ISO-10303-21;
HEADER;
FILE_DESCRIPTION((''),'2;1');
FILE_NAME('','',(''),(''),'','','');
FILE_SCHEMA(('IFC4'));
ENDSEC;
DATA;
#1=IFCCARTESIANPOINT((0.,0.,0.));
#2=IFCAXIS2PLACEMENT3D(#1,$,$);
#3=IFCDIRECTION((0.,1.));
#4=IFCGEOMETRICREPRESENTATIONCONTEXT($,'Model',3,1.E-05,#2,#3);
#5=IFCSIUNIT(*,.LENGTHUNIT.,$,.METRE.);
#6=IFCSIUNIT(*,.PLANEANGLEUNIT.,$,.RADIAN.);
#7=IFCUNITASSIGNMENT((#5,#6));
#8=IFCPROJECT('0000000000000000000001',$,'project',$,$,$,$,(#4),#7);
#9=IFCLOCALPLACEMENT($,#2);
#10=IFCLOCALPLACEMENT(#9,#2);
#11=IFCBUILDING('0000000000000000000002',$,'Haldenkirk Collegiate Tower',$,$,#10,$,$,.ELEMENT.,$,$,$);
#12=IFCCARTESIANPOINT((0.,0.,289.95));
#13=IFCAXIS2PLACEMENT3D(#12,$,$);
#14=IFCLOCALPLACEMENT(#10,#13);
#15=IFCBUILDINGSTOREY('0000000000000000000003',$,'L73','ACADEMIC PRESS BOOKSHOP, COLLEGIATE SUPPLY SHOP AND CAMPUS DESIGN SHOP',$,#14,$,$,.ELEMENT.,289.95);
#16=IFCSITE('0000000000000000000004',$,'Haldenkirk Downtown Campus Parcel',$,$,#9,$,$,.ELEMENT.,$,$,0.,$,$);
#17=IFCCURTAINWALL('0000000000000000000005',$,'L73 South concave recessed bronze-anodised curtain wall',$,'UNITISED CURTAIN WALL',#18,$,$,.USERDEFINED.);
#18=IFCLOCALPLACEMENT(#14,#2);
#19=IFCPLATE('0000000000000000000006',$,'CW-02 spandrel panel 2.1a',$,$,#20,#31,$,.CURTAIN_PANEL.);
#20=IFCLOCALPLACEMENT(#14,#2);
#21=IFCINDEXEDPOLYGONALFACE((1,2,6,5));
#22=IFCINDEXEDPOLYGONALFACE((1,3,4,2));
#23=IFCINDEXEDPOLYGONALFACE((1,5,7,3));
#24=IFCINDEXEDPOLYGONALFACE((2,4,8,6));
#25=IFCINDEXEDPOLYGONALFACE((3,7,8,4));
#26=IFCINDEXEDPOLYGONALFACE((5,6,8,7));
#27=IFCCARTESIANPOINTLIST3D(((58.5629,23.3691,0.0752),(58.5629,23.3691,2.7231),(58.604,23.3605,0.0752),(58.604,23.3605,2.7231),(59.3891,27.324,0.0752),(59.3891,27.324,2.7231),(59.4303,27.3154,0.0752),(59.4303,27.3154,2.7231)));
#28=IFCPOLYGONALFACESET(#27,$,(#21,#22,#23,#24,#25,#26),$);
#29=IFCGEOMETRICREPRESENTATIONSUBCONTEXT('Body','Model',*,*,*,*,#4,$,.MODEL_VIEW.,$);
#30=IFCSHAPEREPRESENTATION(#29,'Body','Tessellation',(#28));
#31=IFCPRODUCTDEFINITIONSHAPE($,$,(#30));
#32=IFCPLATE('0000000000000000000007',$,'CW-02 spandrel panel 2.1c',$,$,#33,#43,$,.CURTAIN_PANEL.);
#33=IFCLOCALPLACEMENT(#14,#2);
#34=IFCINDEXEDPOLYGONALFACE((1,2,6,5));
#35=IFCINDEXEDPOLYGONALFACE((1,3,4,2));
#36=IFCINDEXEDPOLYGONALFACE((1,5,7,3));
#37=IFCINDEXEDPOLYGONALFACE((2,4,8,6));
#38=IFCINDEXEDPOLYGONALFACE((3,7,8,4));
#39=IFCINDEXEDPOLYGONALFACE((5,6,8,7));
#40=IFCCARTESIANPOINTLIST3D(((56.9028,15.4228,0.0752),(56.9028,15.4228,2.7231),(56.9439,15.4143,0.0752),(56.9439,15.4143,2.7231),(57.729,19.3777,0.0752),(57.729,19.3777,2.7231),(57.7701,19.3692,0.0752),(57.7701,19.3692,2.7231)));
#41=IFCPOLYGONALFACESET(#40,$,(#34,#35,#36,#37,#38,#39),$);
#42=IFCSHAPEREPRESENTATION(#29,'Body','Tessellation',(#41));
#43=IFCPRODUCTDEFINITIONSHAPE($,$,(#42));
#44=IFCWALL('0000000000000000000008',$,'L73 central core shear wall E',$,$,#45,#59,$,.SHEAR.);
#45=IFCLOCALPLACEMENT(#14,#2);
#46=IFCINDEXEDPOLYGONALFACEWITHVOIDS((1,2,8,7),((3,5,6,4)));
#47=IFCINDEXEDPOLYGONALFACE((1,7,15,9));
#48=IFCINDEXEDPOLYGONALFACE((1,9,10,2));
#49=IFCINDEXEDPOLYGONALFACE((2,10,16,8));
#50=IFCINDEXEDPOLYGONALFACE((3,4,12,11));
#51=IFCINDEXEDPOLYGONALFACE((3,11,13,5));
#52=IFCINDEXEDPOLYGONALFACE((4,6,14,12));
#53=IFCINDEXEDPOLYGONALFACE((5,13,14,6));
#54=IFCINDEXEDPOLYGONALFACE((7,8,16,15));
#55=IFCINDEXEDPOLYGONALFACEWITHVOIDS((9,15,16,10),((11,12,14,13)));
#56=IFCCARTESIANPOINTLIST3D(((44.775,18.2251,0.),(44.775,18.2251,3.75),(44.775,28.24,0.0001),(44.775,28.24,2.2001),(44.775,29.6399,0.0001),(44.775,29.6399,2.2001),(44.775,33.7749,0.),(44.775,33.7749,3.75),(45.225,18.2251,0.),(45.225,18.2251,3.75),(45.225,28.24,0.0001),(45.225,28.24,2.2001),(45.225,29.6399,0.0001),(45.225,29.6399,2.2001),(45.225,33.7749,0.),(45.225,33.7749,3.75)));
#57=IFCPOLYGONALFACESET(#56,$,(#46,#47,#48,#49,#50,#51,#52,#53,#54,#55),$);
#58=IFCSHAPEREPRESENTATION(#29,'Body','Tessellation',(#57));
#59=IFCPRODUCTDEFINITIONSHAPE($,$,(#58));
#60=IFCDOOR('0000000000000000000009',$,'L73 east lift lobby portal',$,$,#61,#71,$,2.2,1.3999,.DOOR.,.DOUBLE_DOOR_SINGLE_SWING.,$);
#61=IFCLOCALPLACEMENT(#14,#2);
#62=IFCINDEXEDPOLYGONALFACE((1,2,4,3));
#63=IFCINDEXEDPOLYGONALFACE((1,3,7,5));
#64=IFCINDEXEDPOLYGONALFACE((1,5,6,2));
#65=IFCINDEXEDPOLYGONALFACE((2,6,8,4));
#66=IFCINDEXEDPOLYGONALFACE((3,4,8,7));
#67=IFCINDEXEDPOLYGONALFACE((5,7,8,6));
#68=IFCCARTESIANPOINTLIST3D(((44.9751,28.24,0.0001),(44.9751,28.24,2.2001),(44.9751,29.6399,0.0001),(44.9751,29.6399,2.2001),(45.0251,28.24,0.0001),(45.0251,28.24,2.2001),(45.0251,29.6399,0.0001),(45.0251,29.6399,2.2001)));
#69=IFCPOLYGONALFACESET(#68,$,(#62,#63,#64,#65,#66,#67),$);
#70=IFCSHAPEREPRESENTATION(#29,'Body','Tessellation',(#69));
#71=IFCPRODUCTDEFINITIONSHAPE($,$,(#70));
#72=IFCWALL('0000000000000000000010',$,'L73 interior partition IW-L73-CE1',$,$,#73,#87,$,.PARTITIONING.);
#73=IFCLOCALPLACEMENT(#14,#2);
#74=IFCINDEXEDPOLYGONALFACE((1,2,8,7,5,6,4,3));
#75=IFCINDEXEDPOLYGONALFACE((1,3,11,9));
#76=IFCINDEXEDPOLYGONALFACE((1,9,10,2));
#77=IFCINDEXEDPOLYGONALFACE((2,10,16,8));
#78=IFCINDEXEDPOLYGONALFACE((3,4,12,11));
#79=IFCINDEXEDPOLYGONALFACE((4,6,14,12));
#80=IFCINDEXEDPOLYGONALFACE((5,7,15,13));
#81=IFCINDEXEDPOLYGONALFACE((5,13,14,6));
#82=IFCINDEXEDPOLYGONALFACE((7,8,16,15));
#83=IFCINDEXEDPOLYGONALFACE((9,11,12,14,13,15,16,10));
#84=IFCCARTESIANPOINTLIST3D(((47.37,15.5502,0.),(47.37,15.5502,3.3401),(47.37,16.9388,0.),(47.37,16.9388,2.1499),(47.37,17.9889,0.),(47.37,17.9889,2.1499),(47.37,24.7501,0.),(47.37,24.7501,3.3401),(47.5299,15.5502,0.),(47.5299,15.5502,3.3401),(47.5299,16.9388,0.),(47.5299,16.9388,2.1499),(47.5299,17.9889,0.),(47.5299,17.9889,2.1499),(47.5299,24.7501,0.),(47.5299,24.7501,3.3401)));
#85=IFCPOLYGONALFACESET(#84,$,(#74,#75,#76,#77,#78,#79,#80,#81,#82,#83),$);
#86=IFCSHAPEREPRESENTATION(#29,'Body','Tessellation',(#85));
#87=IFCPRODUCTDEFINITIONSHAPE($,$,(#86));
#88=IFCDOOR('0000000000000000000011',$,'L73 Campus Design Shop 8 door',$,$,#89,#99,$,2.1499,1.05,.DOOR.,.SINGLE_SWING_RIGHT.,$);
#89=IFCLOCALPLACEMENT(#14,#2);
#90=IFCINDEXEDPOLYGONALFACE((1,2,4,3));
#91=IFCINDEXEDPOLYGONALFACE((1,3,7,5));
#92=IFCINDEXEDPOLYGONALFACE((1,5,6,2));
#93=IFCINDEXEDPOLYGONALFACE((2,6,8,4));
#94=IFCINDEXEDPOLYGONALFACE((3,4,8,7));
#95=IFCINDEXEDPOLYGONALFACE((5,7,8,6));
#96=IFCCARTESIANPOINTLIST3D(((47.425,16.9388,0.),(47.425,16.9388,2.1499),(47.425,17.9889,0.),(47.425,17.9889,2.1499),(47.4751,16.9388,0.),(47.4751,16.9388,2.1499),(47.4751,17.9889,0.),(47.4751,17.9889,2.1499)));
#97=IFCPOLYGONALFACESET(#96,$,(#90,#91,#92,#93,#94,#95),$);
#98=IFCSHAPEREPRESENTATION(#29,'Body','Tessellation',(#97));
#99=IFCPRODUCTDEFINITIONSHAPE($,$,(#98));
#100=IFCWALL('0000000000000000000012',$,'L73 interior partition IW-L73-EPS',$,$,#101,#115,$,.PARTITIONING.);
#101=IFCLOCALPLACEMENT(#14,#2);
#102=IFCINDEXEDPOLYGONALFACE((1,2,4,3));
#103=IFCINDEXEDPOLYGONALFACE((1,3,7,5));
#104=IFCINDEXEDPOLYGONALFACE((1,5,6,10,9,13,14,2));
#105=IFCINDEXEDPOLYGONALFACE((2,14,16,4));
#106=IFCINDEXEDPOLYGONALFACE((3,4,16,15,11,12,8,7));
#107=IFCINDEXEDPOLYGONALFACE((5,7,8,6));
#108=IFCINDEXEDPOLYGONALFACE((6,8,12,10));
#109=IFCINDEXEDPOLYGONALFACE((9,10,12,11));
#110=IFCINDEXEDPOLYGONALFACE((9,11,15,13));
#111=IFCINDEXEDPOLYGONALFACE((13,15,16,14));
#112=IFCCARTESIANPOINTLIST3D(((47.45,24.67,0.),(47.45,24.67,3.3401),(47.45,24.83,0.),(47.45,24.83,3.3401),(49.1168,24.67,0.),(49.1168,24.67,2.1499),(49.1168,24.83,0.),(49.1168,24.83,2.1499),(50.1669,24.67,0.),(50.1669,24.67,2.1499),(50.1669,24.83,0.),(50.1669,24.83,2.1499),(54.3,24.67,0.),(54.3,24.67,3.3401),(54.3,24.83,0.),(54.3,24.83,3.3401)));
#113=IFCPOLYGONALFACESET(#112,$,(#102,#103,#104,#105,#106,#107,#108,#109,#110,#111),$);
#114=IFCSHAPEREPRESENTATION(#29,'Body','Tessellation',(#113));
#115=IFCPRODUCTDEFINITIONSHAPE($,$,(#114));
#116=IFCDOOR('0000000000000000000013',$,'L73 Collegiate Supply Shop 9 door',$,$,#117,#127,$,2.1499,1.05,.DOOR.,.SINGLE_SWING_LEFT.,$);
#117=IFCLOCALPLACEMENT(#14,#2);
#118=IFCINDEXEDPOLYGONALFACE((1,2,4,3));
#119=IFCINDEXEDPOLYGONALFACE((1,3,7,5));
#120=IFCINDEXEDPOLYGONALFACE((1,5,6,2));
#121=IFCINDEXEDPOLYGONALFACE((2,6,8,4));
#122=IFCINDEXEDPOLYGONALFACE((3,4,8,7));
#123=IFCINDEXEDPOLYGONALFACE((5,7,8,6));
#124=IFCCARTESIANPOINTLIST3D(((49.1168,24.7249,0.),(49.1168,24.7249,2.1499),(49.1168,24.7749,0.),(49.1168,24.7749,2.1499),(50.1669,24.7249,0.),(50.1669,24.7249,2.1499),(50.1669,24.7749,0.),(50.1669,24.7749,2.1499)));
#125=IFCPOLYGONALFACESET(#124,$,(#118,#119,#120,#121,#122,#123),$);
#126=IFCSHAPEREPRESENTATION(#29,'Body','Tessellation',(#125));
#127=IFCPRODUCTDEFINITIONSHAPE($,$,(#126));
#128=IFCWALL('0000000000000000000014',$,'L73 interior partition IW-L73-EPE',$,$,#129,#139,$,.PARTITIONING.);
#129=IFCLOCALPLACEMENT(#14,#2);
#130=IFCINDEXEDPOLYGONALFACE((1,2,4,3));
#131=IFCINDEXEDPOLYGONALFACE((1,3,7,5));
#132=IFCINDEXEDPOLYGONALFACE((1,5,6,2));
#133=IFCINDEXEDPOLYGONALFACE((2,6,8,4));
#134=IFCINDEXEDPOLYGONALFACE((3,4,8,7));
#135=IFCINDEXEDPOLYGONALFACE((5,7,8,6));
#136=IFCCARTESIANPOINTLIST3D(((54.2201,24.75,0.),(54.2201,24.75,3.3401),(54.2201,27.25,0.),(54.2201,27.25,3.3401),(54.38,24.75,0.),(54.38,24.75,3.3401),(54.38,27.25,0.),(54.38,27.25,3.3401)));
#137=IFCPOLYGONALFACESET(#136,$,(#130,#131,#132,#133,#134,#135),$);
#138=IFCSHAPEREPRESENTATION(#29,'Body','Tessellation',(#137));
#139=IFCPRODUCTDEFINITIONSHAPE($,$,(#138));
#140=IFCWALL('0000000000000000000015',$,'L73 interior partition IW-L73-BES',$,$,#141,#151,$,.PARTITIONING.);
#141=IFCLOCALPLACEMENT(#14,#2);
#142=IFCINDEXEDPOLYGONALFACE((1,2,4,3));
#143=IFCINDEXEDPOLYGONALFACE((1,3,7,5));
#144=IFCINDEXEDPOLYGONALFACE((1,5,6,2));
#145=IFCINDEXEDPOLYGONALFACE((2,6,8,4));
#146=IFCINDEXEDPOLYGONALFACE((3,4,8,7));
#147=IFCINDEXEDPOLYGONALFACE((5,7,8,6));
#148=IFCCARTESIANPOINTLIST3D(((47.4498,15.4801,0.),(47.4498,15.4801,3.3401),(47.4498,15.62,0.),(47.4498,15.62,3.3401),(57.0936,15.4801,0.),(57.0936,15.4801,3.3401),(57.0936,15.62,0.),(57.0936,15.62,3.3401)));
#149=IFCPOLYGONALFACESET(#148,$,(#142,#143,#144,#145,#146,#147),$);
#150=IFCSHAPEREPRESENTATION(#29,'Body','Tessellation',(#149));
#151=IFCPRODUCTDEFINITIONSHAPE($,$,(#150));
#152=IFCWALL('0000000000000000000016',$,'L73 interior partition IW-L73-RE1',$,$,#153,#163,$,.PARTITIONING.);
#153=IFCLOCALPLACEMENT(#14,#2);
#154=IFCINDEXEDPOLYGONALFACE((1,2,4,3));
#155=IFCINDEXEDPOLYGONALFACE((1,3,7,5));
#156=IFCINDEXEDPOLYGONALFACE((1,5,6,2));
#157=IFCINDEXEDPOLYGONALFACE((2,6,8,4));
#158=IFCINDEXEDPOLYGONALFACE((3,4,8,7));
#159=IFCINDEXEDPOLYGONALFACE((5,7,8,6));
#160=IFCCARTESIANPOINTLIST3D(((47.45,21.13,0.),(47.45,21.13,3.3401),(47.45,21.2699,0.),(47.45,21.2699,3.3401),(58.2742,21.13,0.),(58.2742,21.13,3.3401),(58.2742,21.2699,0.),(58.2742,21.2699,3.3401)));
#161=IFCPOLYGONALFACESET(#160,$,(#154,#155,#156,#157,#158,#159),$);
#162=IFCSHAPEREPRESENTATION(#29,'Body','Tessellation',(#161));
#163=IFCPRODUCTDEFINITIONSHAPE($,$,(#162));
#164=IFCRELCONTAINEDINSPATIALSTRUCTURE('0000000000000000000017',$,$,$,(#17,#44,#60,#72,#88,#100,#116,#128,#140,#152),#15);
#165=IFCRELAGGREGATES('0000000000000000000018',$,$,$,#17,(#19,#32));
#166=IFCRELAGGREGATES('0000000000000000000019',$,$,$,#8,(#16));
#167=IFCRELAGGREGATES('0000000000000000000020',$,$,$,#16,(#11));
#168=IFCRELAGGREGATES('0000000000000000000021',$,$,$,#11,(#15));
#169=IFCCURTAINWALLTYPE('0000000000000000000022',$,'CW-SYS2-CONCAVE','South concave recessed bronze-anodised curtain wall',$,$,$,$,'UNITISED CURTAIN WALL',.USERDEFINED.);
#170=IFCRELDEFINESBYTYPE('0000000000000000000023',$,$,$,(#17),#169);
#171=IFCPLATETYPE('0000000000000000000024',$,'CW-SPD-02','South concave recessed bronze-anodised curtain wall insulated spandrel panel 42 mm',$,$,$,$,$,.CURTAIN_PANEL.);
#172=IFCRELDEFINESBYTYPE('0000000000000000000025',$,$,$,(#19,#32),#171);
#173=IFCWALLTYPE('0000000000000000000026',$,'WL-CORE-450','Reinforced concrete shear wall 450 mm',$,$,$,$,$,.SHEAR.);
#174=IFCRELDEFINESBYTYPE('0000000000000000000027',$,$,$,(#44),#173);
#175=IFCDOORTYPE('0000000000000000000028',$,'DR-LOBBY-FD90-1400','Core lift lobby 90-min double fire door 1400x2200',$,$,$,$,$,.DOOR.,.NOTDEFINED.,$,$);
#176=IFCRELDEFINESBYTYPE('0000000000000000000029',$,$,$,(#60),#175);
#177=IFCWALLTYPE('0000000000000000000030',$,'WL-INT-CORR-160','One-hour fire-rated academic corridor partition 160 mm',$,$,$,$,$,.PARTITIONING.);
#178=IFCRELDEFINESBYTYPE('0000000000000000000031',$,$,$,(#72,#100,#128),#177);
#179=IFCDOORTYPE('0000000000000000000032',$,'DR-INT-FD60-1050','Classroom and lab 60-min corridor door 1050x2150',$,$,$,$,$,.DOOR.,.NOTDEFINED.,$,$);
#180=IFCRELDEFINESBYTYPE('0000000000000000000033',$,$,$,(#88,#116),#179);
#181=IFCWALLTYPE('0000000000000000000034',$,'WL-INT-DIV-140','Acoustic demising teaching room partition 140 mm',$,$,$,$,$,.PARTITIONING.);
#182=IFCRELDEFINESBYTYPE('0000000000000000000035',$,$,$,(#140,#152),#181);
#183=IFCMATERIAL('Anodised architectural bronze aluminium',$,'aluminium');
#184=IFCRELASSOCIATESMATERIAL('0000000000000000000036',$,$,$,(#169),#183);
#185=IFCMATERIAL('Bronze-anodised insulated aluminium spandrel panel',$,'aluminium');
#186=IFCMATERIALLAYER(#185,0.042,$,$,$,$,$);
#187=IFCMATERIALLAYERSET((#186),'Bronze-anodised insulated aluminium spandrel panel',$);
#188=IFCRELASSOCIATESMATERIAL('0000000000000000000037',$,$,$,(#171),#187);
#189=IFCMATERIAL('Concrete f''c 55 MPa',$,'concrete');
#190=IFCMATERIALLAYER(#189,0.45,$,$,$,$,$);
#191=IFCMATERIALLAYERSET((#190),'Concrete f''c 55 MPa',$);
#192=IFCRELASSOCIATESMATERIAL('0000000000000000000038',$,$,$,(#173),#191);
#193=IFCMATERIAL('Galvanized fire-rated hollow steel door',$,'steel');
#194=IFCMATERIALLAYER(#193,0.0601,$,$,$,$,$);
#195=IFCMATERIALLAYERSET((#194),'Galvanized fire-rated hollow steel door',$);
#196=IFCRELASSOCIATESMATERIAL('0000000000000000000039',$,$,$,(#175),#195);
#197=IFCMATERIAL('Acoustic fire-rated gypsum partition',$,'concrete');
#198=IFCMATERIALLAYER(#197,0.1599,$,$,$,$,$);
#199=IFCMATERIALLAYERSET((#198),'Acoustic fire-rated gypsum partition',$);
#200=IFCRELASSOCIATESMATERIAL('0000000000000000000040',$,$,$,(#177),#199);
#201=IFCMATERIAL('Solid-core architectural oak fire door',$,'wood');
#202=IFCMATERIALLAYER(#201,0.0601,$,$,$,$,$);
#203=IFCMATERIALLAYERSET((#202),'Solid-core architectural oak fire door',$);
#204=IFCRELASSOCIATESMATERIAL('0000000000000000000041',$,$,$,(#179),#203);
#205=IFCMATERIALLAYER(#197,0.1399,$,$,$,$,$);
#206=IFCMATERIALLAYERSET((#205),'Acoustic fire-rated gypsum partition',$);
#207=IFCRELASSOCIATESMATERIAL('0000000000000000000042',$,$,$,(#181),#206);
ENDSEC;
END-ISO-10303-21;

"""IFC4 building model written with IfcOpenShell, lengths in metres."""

from ifc_helpers import new_model, si_unit, direction, frame, frame_2d, origin, origin_2d, place, context, subcontext, project, spatial, rectangle, extrude, source, transform, mapped, material, layer, layer_set, type_object, element, fill, aggregate, save


model = new_model("IFC4")

# Units and contexts
model_context = context("Model", 3, precision=1e-05, world=origin(), true_north=direction((0.0, 1.0)))
body_context = subcontext(model_context, "Body", "Model", "MODEL_VIEW")
ifc_project = project(units=[si_unit("LENGTHUNIT", "METRE"), si_unit("PLANEANGLEUNIT", "RADIAN")], contexts=[model_context])

# Site, building, storey
site_placement = place(None, origin())
site = spatial("IfcSite", under=ifc_project, at=site_placement, Name="Haldenkirk Downtown Campus Parcel", CompositionType="ELEMENT", RefElevation=0.0)
building_placement = place(site_placement, origin())
building = spatial("IfcBuilding", under=site, at=building_placement, Name="Haldenkirk Collegiate Tower", CompositionType="ELEMENT")
storey_placement = place(building_placement, frame((0.0, 0.0, 289.95)))
storey = spatial("IfcBuildingStorey", under=building, at=storey_placement, Name="L73", Description="ACADEMIC PRESS BOOKSHOP, COLLEGIATE SUPPLY SHOP AND CAMPUS DESIGN SHOP", CompositionType="ELEMENT", Elevation=289.95)

# Curtain wall
ifc_material_1 = material(Name="Anodised architectural bronze aluminium", Category="aluminium")
curtain_wall_type = type_object("IfcCurtainWallType", Name="CW-SYS2-CONCAVE", Description="South concave recessed bronze-anodised curtain wall", ElementType="UNITISED CURTAIN WALL", PredefinedType="USERDEFINED", material=ifc_material_1)
curtain_wall_placement = place(storey_placement, origin())
curtain_wall = element("IfcCurtainWall", 1, at=curtain_wall_placement, inside=storey, type_object=curtain_wall_type, Name="L73 South concave recessed bronze-anodised curtain wall", ObjectType="UNITISED CURTAIN WALL", PredefinedType="USERDEFINED")

# Plates
ifc_material_2 = material(Name="Bronze-anodised insulated aluminium spandrel panel", Category="aluminium")
ifc_layer_1 = layer(ifc_material_2, 0.042)
ifc_layer_set_1 = layer_set([ifc_layer_1], Name="Bronze-anodised insulated aluminium spandrel panel")
plate_type = type_object("IfcPlateType", Name="CW-SPD-02", Description="South concave recessed bronze-anodised curtain wall insulated spandrel panel 42 mm", PredefinedType="CURTAIN_PANEL", material=ifc_layer_set_1)
shared_shape_1 = source(origin(), body_context, "Body", "SweptSolid", [
    extrude(rectangle(XDim=4.0403, YDim=0.042, at=origin_2d()), origin(), (0.0, 0.0, 1.0), 2.6479),
])
plate_1_placement = place(storey_placement, frame((58.9966, 25.3423, 0.0752), z_axis=(0.0, 0.0, 1.0), x_axis=(-0.204499, -0.978867, 0.0)))
plate_1 = element("IfcPlate", 2, at=plate_1_placement, type_object=plate_type, Name="CW-02 spandrel panel 2.1a", PredefinedType="CURTAIN_PANEL", context=body_context, shape_type="MappedRepresentation", body=[
    mapped(shared_shape_1, transform((0.0, 0.0, 0.0), x_axis=(1.0, 0.0, 0.0), y_axis=(0.0, 1.0, 0.0), z_axis=(0.0, 0.0, 1.0), scale=1.0)),
])
plate_2_placement = place(storey_placement, frame((57.3364, 17.396, 0.0752), z_axis=(0.0, 0.0, 1.0), x_axis=(-0.204499, -0.978867, 0.0)))
plate_2 = element("IfcPlate", 3, at=plate_2_placement, type_object=plate_type, Name="CW-02 spandrel panel 2.1c", PredefinedType="CURTAIN_PANEL", context=body_context, shape_type="MappedRepresentation", body=[
    mapped(shared_shape_1, transform((0.0, 0.0, 0.0), x_axis=(1.0, 0.0, 0.0), y_axis=(0.0, 1.0, 0.0), z_axis=(0.0, 0.0, 1.0), scale=1.0)),
])
aggregate(curtain_wall, [plate_1, plate_2])

# Walls, openings, doors
ifc_material_3 = material(Name="Concrete f'c 55 MPa", Category="concrete")
ifc_layer_2 = layer(ifc_material_3, 0.45)
ifc_layer_set_2 = layer_set([ifc_layer_2], Name="Concrete f'c 55 MPa")
wall_type_1 = type_object("IfcWallType", Name="WL-CORE-450", Description="Reinforced concrete shear wall 450 mm", PredefinedType="SHEAR", material=ifc_layer_set_2)
wall_1_placement = place(storey_placement, frame((45.0, 18.2251, 0.0), z_axis=(0.0, 0.0, 1.0), x_axis=(0.0, 1.0, 0.0)))
wall_1 = element("IfcWall", 4, at=wall_1_placement, inside=storey, type_object=wall_type_1, Name="L73 central core shear wall E", PredefinedType="SHEAR", context=body_context, shape_type="SweptSolid", body=[
    extrude(rectangle(XDim=15.5498, YDim=0.45, at=frame_2d((7.7749, 0.0))), origin(), (0.0, 0.0, 1.0), 3.75),
])
opening_1_placement = place(wall_1_placement, frame((10.0149, 0.0, 0.0)))
opening_1 = element("IfcOpeningElement", 5, at=opening_1_placement, cuts=wall_1, PredefinedType="OPENING", context=body_context, shape_type="SweptSolid", body=[
    extrude(rectangle(XDim=1.3999, YDim=2.2, at=frame_2d((0.7, 1.1001))), frame((0.0, 0.2349, 0.0), z_axis=(0.0, -1.0, 0.0), x_axis=(1.0, 0.0, 0.0)), (0.0, 0.0, 1.0), 0.47),
])
ifc_material_4 = material(Name="Galvanized fire-rated hollow steel door", Category="steel")
ifc_layer_3 = layer(ifc_material_4, 0.0601)
ifc_layer_set_3 = layer_set([ifc_layer_3], Name="Galvanized fire-rated hollow steel door")
door_type_1 = type_object("IfcDoorType", Name="DR-LOBBY-FD90-1400", Description="Core lift lobby 90-min double fire door 1400x2200", OperationType="NOTDEFINED", PredefinedType="DOOR", material=ifc_layer_set_3)
door_1_placement = place(opening_1_placement, origin())
door_1 = element("IfcDoor", 6, at=door_1_placement, inside=storey, type_object=door_type_1, Name="L73 east lift lobby portal", OperationType="DOUBLE_DOOR_SINGLE_SWING", OverallHeight=2.2, OverallWidth=1.3999, PredefinedType="DOOR", context=body_context, shape_type="SweptSolid", body=[
    extrude(rectangle(XDim=1.3999, YDim=2.2, at=frame_2d((0.7, 1.1001))), frame((0.0, 0.0249, 0.0), z_axis=(0.0, -1.0, 0.0), x_axis=(1.0, 0.0, 0.0)), (0.0, 0.0, 1.0), 0.05),
])
fill(opening_1, door_1)
ifc_material_5 = material(Name="Acoustic fire-rated gypsum partition", Category="concrete")
ifc_layer_4 = layer(ifc_material_5, 0.1599)
ifc_layer_set_4 = layer_set([ifc_layer_4], Name="Acoustic fire-rated gypsum partition")
wall_type_2 = type_object("IfcWallType", Name="WL-INT-CORR-160", Description="One-hour fire-rated academic corridor partition 160 mm", PredefinedType="PARTITIONING", material=ifc_layer_set_4)
wall_2_placement = place(storey_placement, frame((47.45, 15.55, 0.0), z_axis=(0.0, 0.0, 1.0), x_axis=(0.0, 1.0, 0.0)))
wall_2 = element("IfcWall", 7, at=wall_2_placement, inside=storey, type_object=wall_type_2, Name="L73 interior partition IW-L73-CE1", PredefinedType="PARTITIONING", context=body_context, shape_type="SweptSolid", body=[
    extrude(rectangle(XDim=9.2, YDim=0.1599, at=frame_2d((4.6001, 0.0))), origin(), (0.0, 0.0, 1.0), 3.3401),
])
opening_2_placement = place(wall_2_placement, frame((1.3889, 0.0, 0.0)))
opening_2 = element("IfcOpeningElement", 8, at=opening_2_placement, cuts=wall_2, PredefinedType="OPENING", context=body_context, shape_type="SweptSolid", body=[
    extrude(rectangle(XDim=1.05, YDim=2.1499, at=frame_2d((0.5249, 1.075))), frame((0.0, 0.0898, 0.0), z_axis=(0.0, -1.0, 0.0), x_axis=(1.0, 0.0, 0.0)), (0.0, 0.0, 1.0), 0.1799),
])
ifc_material_6 = material(Name="Solid-core architectural oak fire door", Category="wood")
ifc_layer_5 = layer(ifc_material_6, 0.0601)
ifc_layer_set_5 = layer_set([ifc_layer_5], Name="Solid-core architectural oak fire door")
door_type_2 = type_object("IfcDoorType", Name="DR-INT-FD60-1050", Description="Classroom and lab 60-min corridor door 1050x2150", OperationType="NOTDEFINED", PredefinedType="DOOR", material=ifc_layer_set_5)
door_2_placement = place(opening_2_placement, origin())
door_2 = element("IfcDoor", 9, at=door_2_placement, inside=storey, type_object=door_type_2, Name="L73 Campus Design Shop 8 door", OperationType="SINGLE_SWING_RIGHT", OverallHeight=2.1499, OverallWidth=1.05, PredefinedType="DOOR", context=body_context, shape_type="SweptSolid", body=[
    extrude(rectangle(XDim=1.05, YDim=2.1499, at=frame_2d((0.5249, 1.075))), frame((0.0, 0.0249, 0.0), z_axis=(0.0, -1.0, 0.0), x_axis=(1.0, 0.0, 0.0)), (0.0, 0.0, 1.0), 0.05),
])
fill(opening_2, door_2)
wall_3_placement = place(storey_placement, frame((47.45, 24.75, 0.0), z_axis=(0.0, 0.0, 1.0), x_axis=(1.0, 0.0, 0.0)))
wall_3 = element("IfcWall", 10, at=wall_3_placement, inside=storey, type_object=wall_type_2, Name="L73 interior partition IW-L73-EPS", PredefinedType="PARTITIONING", context=body_context, shape_type="SweptSolid", body=[
    extrude(rectangle(XDim=6.8501, YDim=0.1599, at=frame_2d((3.425, 0.0))), origin(), (0.0, 0.0, 1.0), 3.3401),
])
opening_3_placement = place(wall_3_placement, frame((1.667, 0.0, 0.0)))
opening_3 = element("IfcOpeningElement", 11, at=opening_3_placement, cuts=wall_3, PredefinedType="OPENING", context=body_context, shape_type="SweptSolid", body=[
    extrude(rectangle(XDim=1.05, YDim=2.1499, at=frame_2d((0.5249, 1.075))), frame((0.0, 0.0898, 0.0), z_axis=(0.0, -1.0, 0.0), x_axis=(1.0, 0.0, 0.0)), (0.0, 0.0, 1.0), 0.1799),
])
door_3_placement = place(opening_3_placement, origin())
door_3 = element("IfcDoor", 12, at=door_3_placement, inside=storey, type_object=door_type_2, Name="L73 Collegiate Supply Shop 9 door", OperationType="SINGLE_SWING_LEFT", OverallHeight=2.1499, OverallWidth=1.05, PredefinedType="DOOR", context=body_context, shape_type="SweptSolid", body=[
    extrude(rectangle(XDim=1.05, YDim=2.1499, at=frame_2d((0.5249, 1.075))), frame((0.0, 0.0249, 0.0), z_axis=(0.0, -1.0, 0.0), x_axis=(1.0, 0.0, 0.0)), (0.0, 0.0, 1.0), 0.05),
])
fill(opening_3, door_3)

# Walls
wall_4_placement = place(storey_placement, frame((54.3, 24.75, 0.0), z_axis=(0.0, 0.0, 1.0), x_axis=(0.0, 1.0, 0.0)))
element("IfcWall", 13, at=wall_4_placement, inside=storey, type_object=wall_type_2, Name="L73 interior partition IW-L73-EPE", PredefinedType="PARTITIONING", context=body_context, shape_type="SweptSolid", body=[
    extrude(rectangle(XDim=2.5, YDim=0.1599, at=frame_2d((1.25, 0.0))), origin(), (0.0, 0.0, 1.0), 3.3401),
])
ifc_layer_6 = layer(ifc_material_5, 0.1399)
ifc_layer_set_6 = layer_set([ifc_layer_6], Name="Acoustic fire-rated gypsum partition")
wall_type_3 = type_object("IfcWallType", Name="WL-INT-DIV-140", Description="Acoustic demising teaching room partition 140 mm", PredefinedType="PARTITIONING", material=ifc_layer_set_6)
wall_5_placement = place(storey_placement, frame((47.45, 15.55, 0.0), z_axis=(0.0, 0.0, 1.0), x_axis=(1.0, 0.0, 0.0)))
element("IfcWall", 14, at=wall_5_placement, inside=storey, type_object=wall_type_3, Name="L73 interior partition IW-L73-BES", PredefinedType="PARTITIONING", context=body_context, shape_type="SweptSolid", body=[
    extrude(rectangle(XDim=9.6438, YDim=0.1399, at=frame_2d((4.8218, 0.0))), origin(), (0.0, 0.0, 1.0), 3.3401),
])
wall_6_placement = place(storey_placement, frame((47.45, 21.2, 0.0), z_axis=(0.0, 0.0, 1.0), x_axis=(1.0, 0.0, 0.0)))
element("IfcWall", 15, at=wall_6_placement, inside=storey, type_object=wall_type_3, Name="L73 interior partition IW-L73-RE1", PredefinedType="PARTITIONING", context=body_context, shape_type="SweptSolid", body=[
    extrude(rectangle(XDim=10.8242, YDim=0.1399, at=frame_2d((5.4121, 0.0))), origin(), (0.0, 0.0, 1.0), 3.3401),
])

save(model, "model.ifc")
